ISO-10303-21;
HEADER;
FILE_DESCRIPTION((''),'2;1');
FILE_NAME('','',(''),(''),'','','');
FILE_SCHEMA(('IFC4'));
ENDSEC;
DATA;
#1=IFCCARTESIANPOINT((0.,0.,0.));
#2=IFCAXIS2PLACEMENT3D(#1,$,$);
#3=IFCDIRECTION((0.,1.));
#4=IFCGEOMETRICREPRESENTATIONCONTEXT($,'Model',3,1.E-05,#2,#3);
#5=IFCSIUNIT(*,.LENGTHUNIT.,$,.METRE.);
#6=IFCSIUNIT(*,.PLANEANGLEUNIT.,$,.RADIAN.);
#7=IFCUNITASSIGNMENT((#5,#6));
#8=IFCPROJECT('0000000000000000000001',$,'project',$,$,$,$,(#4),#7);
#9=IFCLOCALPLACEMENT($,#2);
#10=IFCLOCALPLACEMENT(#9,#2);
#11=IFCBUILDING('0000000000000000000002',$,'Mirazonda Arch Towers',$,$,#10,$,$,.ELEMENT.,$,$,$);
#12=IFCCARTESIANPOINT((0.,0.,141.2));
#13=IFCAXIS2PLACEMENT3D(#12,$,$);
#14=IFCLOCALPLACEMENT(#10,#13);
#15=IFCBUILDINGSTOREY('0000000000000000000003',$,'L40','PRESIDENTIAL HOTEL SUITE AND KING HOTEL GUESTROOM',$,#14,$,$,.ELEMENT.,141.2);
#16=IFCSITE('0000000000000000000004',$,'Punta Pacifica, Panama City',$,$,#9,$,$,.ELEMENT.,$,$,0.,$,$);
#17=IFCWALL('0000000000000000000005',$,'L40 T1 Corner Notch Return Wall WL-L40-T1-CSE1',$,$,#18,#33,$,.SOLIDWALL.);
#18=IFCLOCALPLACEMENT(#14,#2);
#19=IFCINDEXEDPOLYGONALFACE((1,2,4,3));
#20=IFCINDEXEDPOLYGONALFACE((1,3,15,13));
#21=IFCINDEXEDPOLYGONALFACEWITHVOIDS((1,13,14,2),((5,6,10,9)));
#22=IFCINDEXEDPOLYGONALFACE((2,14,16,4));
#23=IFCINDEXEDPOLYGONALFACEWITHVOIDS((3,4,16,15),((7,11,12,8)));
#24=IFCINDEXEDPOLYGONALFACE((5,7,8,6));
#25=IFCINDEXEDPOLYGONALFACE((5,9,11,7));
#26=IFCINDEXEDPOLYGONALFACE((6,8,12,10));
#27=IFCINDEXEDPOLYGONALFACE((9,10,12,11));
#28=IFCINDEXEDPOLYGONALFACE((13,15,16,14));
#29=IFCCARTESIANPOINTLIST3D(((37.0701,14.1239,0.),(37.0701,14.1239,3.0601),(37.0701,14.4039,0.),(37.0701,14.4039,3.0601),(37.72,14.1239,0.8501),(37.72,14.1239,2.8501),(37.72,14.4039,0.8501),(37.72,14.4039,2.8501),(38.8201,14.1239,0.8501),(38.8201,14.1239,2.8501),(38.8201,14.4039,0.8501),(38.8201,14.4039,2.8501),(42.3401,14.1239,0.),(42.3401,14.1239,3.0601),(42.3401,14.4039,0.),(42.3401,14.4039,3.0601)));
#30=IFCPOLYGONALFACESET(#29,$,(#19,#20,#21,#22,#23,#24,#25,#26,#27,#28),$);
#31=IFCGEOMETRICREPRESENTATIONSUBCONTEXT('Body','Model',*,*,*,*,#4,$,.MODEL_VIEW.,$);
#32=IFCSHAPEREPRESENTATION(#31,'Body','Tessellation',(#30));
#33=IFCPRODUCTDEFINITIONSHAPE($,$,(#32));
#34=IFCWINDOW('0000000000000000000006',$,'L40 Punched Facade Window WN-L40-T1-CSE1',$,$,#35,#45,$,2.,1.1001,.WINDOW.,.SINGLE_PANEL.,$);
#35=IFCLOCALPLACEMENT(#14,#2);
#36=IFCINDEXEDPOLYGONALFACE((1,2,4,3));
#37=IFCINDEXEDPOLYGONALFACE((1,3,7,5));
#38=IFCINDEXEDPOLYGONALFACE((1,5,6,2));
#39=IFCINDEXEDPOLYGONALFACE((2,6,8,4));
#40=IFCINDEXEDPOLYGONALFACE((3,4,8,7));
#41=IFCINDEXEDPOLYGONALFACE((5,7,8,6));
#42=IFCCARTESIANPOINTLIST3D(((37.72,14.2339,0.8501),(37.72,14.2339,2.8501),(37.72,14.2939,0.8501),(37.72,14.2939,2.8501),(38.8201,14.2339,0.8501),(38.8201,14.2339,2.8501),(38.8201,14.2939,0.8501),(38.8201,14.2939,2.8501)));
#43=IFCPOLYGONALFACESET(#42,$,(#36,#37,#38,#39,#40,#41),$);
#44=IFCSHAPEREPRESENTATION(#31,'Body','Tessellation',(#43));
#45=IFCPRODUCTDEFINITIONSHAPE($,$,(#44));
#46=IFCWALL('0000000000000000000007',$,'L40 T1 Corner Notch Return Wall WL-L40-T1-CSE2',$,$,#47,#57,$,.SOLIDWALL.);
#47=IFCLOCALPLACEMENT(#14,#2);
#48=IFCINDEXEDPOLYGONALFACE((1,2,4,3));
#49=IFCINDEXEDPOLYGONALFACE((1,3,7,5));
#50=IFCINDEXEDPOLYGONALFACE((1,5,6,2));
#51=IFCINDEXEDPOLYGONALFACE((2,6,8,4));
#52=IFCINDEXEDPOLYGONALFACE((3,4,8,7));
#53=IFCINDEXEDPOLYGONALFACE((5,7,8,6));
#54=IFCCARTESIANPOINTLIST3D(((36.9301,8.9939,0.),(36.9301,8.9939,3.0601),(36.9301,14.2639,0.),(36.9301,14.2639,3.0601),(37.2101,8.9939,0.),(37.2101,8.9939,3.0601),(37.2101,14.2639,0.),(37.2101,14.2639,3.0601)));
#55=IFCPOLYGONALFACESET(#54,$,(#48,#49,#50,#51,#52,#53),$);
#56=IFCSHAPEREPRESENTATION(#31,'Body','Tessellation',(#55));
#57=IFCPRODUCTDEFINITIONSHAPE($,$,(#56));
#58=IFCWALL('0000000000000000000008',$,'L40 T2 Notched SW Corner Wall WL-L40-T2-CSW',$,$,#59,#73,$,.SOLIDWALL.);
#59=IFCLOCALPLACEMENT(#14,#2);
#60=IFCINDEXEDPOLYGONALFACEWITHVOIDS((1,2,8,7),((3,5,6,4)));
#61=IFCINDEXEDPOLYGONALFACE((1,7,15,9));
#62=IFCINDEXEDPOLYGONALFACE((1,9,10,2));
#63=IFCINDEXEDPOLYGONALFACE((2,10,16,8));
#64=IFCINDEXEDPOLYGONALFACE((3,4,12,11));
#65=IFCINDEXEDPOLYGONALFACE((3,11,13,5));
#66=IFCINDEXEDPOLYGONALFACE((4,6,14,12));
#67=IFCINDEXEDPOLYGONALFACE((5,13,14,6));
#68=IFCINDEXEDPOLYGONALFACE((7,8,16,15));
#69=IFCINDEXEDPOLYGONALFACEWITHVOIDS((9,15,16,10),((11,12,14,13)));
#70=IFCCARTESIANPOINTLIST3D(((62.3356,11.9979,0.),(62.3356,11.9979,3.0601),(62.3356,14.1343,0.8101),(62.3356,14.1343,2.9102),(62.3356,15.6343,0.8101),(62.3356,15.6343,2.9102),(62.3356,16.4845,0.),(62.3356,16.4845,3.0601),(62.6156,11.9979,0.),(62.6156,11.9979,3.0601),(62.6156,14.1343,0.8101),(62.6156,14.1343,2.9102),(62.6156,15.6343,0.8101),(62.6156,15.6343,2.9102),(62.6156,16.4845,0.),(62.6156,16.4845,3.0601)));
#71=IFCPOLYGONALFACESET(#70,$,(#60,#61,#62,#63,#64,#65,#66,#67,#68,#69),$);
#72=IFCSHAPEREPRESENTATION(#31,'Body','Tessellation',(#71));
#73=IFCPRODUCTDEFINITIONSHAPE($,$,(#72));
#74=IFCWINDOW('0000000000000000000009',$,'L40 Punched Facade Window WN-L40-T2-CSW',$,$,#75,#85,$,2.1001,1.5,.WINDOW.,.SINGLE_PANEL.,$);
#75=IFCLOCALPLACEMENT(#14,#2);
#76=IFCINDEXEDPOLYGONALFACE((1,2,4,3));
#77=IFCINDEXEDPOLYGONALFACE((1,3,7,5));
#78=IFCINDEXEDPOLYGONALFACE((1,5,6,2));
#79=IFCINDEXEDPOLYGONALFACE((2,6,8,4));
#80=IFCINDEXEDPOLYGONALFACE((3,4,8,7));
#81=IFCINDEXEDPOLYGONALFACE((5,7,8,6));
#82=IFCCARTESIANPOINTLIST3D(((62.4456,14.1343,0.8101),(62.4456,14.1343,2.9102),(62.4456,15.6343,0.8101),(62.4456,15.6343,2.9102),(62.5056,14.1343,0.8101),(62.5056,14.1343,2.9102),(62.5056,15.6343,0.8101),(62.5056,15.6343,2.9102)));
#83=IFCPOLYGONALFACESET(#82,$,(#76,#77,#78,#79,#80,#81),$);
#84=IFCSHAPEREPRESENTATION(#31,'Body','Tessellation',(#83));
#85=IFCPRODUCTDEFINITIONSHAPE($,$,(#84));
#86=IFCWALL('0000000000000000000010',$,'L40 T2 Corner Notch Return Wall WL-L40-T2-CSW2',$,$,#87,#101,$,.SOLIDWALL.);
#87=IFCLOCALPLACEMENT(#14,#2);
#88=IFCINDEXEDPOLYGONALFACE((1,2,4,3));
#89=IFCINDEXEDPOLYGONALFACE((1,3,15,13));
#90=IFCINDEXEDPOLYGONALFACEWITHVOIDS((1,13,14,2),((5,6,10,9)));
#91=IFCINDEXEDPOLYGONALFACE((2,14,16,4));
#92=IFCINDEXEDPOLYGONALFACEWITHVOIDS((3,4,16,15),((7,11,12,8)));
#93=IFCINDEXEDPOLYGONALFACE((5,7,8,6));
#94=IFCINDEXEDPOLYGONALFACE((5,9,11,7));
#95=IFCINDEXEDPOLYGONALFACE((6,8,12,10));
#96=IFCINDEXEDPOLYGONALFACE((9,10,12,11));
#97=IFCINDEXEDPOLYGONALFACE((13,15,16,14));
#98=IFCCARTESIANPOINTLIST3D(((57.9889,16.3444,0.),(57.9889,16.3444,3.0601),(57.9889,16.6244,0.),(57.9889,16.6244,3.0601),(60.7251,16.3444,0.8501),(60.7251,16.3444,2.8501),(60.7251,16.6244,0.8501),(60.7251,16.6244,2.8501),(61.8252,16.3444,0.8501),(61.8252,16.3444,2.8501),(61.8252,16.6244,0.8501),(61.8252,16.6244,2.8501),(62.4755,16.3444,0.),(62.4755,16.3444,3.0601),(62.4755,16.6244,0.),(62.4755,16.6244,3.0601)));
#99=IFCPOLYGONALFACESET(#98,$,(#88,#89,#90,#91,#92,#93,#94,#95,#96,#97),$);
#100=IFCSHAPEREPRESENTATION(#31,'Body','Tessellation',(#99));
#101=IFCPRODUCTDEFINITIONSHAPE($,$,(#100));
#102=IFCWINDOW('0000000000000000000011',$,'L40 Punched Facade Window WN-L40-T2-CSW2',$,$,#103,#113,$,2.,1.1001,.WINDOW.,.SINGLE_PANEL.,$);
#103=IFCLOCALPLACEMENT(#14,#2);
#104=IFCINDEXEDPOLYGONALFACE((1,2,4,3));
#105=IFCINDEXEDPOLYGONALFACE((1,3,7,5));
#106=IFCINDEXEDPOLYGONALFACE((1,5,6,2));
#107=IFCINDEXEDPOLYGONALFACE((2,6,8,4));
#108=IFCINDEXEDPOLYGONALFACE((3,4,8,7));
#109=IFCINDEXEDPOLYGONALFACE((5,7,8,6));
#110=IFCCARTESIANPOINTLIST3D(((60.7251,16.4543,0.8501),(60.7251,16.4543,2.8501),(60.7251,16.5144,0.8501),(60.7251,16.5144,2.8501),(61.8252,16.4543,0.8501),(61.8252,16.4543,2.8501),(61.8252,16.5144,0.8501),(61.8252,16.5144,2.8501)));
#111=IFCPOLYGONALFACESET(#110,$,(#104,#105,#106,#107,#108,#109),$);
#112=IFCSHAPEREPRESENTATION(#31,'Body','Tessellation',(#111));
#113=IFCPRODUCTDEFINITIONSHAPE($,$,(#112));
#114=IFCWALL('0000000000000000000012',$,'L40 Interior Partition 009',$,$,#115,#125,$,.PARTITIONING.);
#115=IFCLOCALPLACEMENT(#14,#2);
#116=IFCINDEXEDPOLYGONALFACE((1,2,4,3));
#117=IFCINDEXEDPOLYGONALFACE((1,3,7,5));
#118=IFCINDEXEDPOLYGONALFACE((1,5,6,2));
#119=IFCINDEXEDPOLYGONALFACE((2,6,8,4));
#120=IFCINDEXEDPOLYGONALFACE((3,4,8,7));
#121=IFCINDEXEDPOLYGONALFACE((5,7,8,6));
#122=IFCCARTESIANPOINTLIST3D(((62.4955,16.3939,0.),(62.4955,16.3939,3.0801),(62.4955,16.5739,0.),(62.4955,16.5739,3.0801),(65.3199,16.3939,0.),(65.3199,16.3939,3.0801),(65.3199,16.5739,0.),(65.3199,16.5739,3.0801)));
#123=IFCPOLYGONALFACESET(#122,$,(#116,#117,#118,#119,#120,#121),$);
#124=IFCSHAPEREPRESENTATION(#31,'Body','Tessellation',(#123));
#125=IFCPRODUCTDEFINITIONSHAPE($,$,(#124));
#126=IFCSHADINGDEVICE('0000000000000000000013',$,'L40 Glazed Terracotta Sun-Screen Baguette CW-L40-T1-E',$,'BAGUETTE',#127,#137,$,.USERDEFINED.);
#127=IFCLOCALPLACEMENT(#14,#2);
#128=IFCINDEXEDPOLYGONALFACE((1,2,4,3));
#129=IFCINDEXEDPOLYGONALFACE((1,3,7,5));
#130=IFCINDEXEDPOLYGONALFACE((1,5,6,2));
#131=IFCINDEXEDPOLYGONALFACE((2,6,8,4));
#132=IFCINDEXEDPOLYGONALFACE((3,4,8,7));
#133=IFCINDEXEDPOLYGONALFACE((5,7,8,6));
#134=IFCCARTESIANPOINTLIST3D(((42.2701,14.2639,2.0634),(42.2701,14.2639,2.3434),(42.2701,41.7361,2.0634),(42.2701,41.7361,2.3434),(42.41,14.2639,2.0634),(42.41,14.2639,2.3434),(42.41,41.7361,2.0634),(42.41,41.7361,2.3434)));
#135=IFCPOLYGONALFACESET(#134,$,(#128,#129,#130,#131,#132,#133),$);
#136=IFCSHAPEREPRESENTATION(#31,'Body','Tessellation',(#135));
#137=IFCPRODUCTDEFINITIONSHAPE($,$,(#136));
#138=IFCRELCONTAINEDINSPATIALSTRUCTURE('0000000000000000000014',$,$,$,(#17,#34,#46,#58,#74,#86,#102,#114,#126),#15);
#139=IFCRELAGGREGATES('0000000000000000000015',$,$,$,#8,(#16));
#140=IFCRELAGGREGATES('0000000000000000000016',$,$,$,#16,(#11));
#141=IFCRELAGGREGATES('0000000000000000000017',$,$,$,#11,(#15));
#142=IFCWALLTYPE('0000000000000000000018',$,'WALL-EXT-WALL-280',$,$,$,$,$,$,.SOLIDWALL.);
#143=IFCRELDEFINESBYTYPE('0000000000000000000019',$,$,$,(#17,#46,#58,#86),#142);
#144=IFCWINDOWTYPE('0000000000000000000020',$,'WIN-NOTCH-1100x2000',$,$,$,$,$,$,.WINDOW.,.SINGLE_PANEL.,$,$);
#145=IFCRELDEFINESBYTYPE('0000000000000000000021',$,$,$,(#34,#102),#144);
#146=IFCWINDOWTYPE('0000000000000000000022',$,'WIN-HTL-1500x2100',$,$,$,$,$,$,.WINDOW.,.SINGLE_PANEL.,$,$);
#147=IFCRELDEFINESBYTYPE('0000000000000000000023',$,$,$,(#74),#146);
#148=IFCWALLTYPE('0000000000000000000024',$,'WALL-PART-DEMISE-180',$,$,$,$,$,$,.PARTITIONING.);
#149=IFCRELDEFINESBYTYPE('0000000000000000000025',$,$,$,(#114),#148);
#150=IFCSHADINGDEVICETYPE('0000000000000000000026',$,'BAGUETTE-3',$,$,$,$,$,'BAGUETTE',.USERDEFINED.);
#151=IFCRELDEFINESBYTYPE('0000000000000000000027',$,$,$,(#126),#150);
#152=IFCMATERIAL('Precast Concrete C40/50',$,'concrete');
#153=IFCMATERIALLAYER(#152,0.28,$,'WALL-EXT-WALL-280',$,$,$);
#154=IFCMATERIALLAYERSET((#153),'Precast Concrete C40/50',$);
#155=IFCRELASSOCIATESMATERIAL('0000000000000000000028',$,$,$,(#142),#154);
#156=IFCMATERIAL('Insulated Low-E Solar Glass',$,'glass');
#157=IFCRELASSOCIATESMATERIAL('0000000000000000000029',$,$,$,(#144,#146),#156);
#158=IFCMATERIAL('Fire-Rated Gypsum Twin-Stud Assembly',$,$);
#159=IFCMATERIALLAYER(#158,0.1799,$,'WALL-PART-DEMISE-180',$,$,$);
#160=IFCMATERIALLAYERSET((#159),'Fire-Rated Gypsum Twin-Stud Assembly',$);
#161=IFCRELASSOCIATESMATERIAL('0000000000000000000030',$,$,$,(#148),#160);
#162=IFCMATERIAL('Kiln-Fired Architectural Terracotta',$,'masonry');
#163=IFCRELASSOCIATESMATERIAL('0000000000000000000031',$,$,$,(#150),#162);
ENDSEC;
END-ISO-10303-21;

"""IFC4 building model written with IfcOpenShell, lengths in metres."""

from ifc_helpers import new_model, si_unit, direction, frame, frame_2d, origin, origin_2d, place, context, subcontext, project, spatial, rectangle, extrude, material, layer, layer_set, material_profile, profile_set, type_object, element, fill, save


model = new_model("IFC4")

# Units and contexts
model_context = context("Model", 3, precision=1e-05, world=origin(), true_north=direction((0.0, 1.0)))
body_context = subcontext(model_context, "Body", "Model", "MODEL_VIEW")
ifc_project = project(units=[si_unit("LENGTHUNIT", "METRE"), si_unit("PLANEANGLEUNIT", "RADIAN")], contexts=[model_context])

# Site, building, storey
site_placement = place(None, origin())
site = spatial("IfcSite", under=ifc_project, at=site_placement, Name="Punta Pacifica, Panama City", CompositionType="ELEMENT", RefElevation=0.0)
building_placement = place(site_placement, origin())
building = spatial("IfcBuilding", under=site, at=building_placement, Name="Mirazonda Arch Towers", CompositionType="ELEMENT")
storey_placement = place(building_placement, frame((0.0, 0.0, 141.2)))
storey = spatial("IfcBuildingStorey", under=building, at=storey_placement, Name="L40", Description="PRESIDENTIAL HOTEL SUITE AND KING HOTEL GUESTROOM", CompositionType="ELEMENT", Elevation=141.2)

# Shared definitions
ifc_material_1 = material(Name="Insulated Low-E Solar Glass", Category="glass")

# Wall, opening, window
ifc_material_2 = material(Name="Precast Concrete C40/50", Category="concrete")
ifc_layer_1 = layer(ifc_material_2, 0.28, Name="WALL-EXT-WALL-280")
ifc_layer_set_1 = layer_set([ifc_layer_1], Name="Precast Concrete C40/50")
wall_type_1 = type_object("IfcWallType", Name="WALL-EXT-WALL-280", PredefinedType="SOLIDWALL", material=ifc_layer_set_1)
wall_1_placement = place(storey_placement, frame((37.0701, 14.2639, 0.0), z_axis=(0.0, 0.0, 1.0), x_axis=(1.0, 0.0, 0.0)))
wall_1 = element("IfcWall", 1, at=wall_1_placement, inside=storey, type_object=wall_type_1, Name="L40 T1 Corner Notch Return Wall WL-L40-T1-CSE1", PredefinedType="SOLIDWALL", context=body_context, shape_type="SweptSolid", body=[
    extrude(rectangle(XDim=5.27, YDim=0.28, at=frame_2d((2.635, 0.0))), origin(), (0.0, 0.0, 1.0), 3.0601),
])
opening_1_placement = place(wall_1_placement, frame((0.6499, 0.0, 0.8501)))
opening_1 = element("IfcOpeningElement", 2, at=opening_1_placement, cuts=wall_1, PredefinedType="OPENING", context=body_context, shape_type="SweptSolid", body=[
    extrude(rectangle(XDim=1.1001, YDim=2.0, at=frame_2d((0.55, 1.0))), frame((0.0, 0.1499, 0.0), z_axis=(0.0, -1.0, 0.0), x_axis=(1.0, 0.0, 0.0)), (0.0, 0.0, 1.0), 0.3),
])
window_type_1 = type_object("IfcWindowType", Name="WIN-NOTCH-1100x2000", PartitioningType="SINGLE_PANEL", PredefinedType="WINDOW", material=ifc_material_1)
window_1_placement = place(opening_1_placement, origin())
window_1 = element("IfcWindow", 3, at=window_1_placement, inside=storey, type_object=window_type_1, Name="L40 Punched Facade Window WN-L40-T1-CSE1", OverallHeight=2.0, OverallWidth=1.1001, PartitioningType="SINGLE_PANEL", PredefinedType="WINDOW", context=body_context, shape_type="SweptSolid", body=[
    extrude(rectangle(XDim=1.1001, YDim=2.0, at=frame_2d((0.55, 1.0))), frame((0.0, 0.03, 0.0), z_axis=(0.0, -1.0, 0.0), x_axis=(1.0, 0.0, 0.0)), (0.0, 0.0, 1.0), 0.0601),
])
fill(opening_1, window_1)

# Wall
wall_2_placement = place(storey_placement, frame((37.0701, 8.9939, 0.0), z_axis=(0.0, 0.0, 1.0), x_axis=(0.0, 1.0, 0.0)))
element("IfcWall", 4, at=wall_2_placement, inside=storey, type_object=wall_type_1, Name="L40 T1 Corner Notch Return Wall WL-L40-T1-CSE2", PredefinedType="SOLIDWALL", context=body_context, shape_type="SweptSolid", body=[
    extrude(rectangle(XDim=5.27, YDim=0.28, at=frame_2d((2.635, 0.0))), origin(), (0.0, 0.0, 1.0), 3.0601),
])

# Walls, openings, windows
wall_3_placement = place(storey_placement, frame((62.4756, 16.4844, 0.0), z_axis=(0.0, 0.0, 1.0), x_axis=(0.0, -1.0, 0.0)))
wall_3 = element("IfcWall", 5, at=wall_3_placement, inside=storey, type_object=wall_type_1, Name="L40 T2 Notched SW Corner Wall WL-L40-T2-CSW", PredefinedType="SOLIDWALL", context=body_context, shape_type="SweptSolid", body=[
    extrude(rectangle(XDim=4.4866, YDim=0.28, at=frame_2d((2.2432, 0.0))), origin(), (0.0, 0.0, 1.0), 3.0601),
])
opening_2_placement = place(wall_3_placement, frame((0.8501, 0.0, 0.8101)))
opening_2 = element("IfcOpeningElement", 6, at=opening_2_placement, cuts=wall_3, PredefinedType="OPENING", context=body_context, shape_type="SweptSolid", body=[
    extrude(rectangle(XDim=1.5, YDim=2.1001, at=frame_2d((0.75, 1.05))), frame((0.0, 0.1499, 0.0), z_axis=(0.0, -1.0, 0.0), x_axis=(1.0, 0.0, 0.0)), (0.0, 0.0, 1.0), 0.3),
])
window_type_2 = type_object("IfcWindowType", Name="WIN-HTL-1500x2100", PartitioningType="SINGLE_PANEL", PredefinedType="WINDOW", material=ifc_material_1)
window_2_placement = place(opening_2_placement, origin())
window_2 = element("IfcWindow", 7, at=window_2_placement, inside=storey, type_object=window_type_2, Name="L40 Punched Facade Window WN-L40-T2-CSW", OverallHeight=2.1001, OverallWidth=1.5, PartitioningType="SINGLE_PANEL", PredefinedType="WINDOW", context=body_context, shape_type="SweptSolid", body=[
    extrude(rectangle(XDim=1.5, YDim=2.1001, at=frame_2d((0.75, 1.05))), frame((0.0, 0.03, 0.0), z_axis=(0.0, -1.0, 0.0), x_axis=(1.0, 0.0, 0.0)), (0.0, 0.0, 1.0), 0.0601),
])
fill(opening_2, window_2)
wall_4_placement = place(storey_placement, frame((57.989, 16.4844, 0.0), z_axis=(0.0, 0.0, 1.0), x_axis=(1.0, 0.0, 0.0)))
wall_4 = element("IfcWall", 8, at=wall_4_placement, inside=storey, type_object=wall_type_1, Name="L40 T2 Corner Notch Return Wall WL-L40-T2-CSW2", PredefinedType="SOLIDWALL", context=body_context, shape_type="SweptSolid", body=[
    extrude(rectangle(XDim=4.4866, YDim=0.28, at=frame_2d((2.2432, 0.0))), origin(), (0.0, 0.0, 1.0), 3.0601),
])
opening_3_placement = place(wall_4_placement, frame((2.7361, 0.0, 0.8501)))
opening_3 = element("IfcOpeningElement", 9, at=opening_3_placement, cuts=wall_4, PredefinedType="OPENING", context=body_context, shape_type="SweptSolid", body=[
    extrude(rectangle(XDim=1.1001, YDim=2.0, at=frame_2d((0.55, 1.0))), frame((0.0, 0.1499, 0.0), z_axis=(0.0, -1.0, 0.0), x_axis=(1.0, 0.0, 0.0)), (0.0, 0.0, 1.0), 0.3),
])
window_3_placement = place(opening_3_placement, origin())
window_3 = element("IfcWindow", 10, at=window_3_placement, inside=storey, type_object=window_type_1, Name="L40 Punched Facade Window WN-L40-T2-CSW2", OverallHeight=2.0, OverallWidth=1.1001, PartitioningType="SINGLE_PANEL", PredefinedType="WINDOW", context=body_context, shape_type="SweptSolid", body=[
    extrude(rectangle(XDim=1.1001, YDim=2.0, at=frame_2d((0.55, 1.0))), frame((0.0, 0.03, 0.0), z_axis=(0.0, -1.0, 0.0), x_axis=(1.0, 0.0, 0.0)), (0.0, 0.0, 1.0), 0.0601),
])
fill(opening_3, window_3)

# Wall
ifc_material_3 = material(Name="Fire-Rated Gypsum Twin-Stud Assembly")
ifc_layer_2 = layer(ifc_material_3, 0.1799, Name="WALL-PART-DEMISE-180")
ifc_layer_set_2 = layer_set([ifc_layer_2], Name="Fire-Rated Gypsum Twin-Stud Assembly")
wall_type_2 = type_object("IfcWallType", Name="WALL-PART-DEMISE-180", PredefinedType="PARTITIONING", material=ifc_layer_set_2)
wall_5_placement = place(storey_placement, frame((62.4956, 16.4839, 0.0), z_axis=(0.0, 0.0, 1.0), x_axis=(1.0, 0.0, 0.0)))
element("IfcWall", 11, at=wall_5_placement, inside=storey, type_object=wall_type_2, Name="L40 Interior Partition 009", PredefinedType="PARTITIONING", context=body_context, shape_type="SweptSolid", body=[
    extrude(rectangle(XDim=2.8245, YDim=0.1799, at=frame_2d((1.4121, 0.0))), origin(), (0.0, 0.0, 1.0), 3.0801),
])

# Shading device
ifc_material_4 = material(Name="Kiln-Fired Architectural Terracotta", Category="masonry")
ifc_material_profile_1 = material_profile(ifc_material_4, rectangle(XDim=0.1399, YDim=0.28, at=origin_2d()), Name="TERRA-BAG-140x280")
ifc_profile_set_1 = profile_set([ifc_material_profile_1], Name="Kiln-Fired Architectural Terracotta")
shading_device_type = type_object("IfcShadingDeviceType", Name="BAGUETTE-3", ElementType="BAGUETTE", PredefinedType="USERDEFINED", material=ifc_profile_set_1)
shading_device_placement = place(storey_placement, frame((42.3401, 14.2639, 2.2034), z_axis=(0.0, 1.0, 0.0), x_axis=(-1.0, 0.0, 0.0)))
element("IfcShadingDevice", 12, at=shading_device_placement, inside=storey, type_object=shading_device_type, Name="L40 Glazed Terracotta Sun-Screen Baguette CW-L40-T1-E", ObjectType="BAGUETTE", PredefinedType="USERDEFINED", context=body_context, shape_type="SweptSolid", body=[
    extrude(rectangle(XDim=0.1399, YDim=0.28, at=origin_2d()), origin(), (0.0, 0.0, 1.0), 27.4722),
])

save(model, "model.ifc")
